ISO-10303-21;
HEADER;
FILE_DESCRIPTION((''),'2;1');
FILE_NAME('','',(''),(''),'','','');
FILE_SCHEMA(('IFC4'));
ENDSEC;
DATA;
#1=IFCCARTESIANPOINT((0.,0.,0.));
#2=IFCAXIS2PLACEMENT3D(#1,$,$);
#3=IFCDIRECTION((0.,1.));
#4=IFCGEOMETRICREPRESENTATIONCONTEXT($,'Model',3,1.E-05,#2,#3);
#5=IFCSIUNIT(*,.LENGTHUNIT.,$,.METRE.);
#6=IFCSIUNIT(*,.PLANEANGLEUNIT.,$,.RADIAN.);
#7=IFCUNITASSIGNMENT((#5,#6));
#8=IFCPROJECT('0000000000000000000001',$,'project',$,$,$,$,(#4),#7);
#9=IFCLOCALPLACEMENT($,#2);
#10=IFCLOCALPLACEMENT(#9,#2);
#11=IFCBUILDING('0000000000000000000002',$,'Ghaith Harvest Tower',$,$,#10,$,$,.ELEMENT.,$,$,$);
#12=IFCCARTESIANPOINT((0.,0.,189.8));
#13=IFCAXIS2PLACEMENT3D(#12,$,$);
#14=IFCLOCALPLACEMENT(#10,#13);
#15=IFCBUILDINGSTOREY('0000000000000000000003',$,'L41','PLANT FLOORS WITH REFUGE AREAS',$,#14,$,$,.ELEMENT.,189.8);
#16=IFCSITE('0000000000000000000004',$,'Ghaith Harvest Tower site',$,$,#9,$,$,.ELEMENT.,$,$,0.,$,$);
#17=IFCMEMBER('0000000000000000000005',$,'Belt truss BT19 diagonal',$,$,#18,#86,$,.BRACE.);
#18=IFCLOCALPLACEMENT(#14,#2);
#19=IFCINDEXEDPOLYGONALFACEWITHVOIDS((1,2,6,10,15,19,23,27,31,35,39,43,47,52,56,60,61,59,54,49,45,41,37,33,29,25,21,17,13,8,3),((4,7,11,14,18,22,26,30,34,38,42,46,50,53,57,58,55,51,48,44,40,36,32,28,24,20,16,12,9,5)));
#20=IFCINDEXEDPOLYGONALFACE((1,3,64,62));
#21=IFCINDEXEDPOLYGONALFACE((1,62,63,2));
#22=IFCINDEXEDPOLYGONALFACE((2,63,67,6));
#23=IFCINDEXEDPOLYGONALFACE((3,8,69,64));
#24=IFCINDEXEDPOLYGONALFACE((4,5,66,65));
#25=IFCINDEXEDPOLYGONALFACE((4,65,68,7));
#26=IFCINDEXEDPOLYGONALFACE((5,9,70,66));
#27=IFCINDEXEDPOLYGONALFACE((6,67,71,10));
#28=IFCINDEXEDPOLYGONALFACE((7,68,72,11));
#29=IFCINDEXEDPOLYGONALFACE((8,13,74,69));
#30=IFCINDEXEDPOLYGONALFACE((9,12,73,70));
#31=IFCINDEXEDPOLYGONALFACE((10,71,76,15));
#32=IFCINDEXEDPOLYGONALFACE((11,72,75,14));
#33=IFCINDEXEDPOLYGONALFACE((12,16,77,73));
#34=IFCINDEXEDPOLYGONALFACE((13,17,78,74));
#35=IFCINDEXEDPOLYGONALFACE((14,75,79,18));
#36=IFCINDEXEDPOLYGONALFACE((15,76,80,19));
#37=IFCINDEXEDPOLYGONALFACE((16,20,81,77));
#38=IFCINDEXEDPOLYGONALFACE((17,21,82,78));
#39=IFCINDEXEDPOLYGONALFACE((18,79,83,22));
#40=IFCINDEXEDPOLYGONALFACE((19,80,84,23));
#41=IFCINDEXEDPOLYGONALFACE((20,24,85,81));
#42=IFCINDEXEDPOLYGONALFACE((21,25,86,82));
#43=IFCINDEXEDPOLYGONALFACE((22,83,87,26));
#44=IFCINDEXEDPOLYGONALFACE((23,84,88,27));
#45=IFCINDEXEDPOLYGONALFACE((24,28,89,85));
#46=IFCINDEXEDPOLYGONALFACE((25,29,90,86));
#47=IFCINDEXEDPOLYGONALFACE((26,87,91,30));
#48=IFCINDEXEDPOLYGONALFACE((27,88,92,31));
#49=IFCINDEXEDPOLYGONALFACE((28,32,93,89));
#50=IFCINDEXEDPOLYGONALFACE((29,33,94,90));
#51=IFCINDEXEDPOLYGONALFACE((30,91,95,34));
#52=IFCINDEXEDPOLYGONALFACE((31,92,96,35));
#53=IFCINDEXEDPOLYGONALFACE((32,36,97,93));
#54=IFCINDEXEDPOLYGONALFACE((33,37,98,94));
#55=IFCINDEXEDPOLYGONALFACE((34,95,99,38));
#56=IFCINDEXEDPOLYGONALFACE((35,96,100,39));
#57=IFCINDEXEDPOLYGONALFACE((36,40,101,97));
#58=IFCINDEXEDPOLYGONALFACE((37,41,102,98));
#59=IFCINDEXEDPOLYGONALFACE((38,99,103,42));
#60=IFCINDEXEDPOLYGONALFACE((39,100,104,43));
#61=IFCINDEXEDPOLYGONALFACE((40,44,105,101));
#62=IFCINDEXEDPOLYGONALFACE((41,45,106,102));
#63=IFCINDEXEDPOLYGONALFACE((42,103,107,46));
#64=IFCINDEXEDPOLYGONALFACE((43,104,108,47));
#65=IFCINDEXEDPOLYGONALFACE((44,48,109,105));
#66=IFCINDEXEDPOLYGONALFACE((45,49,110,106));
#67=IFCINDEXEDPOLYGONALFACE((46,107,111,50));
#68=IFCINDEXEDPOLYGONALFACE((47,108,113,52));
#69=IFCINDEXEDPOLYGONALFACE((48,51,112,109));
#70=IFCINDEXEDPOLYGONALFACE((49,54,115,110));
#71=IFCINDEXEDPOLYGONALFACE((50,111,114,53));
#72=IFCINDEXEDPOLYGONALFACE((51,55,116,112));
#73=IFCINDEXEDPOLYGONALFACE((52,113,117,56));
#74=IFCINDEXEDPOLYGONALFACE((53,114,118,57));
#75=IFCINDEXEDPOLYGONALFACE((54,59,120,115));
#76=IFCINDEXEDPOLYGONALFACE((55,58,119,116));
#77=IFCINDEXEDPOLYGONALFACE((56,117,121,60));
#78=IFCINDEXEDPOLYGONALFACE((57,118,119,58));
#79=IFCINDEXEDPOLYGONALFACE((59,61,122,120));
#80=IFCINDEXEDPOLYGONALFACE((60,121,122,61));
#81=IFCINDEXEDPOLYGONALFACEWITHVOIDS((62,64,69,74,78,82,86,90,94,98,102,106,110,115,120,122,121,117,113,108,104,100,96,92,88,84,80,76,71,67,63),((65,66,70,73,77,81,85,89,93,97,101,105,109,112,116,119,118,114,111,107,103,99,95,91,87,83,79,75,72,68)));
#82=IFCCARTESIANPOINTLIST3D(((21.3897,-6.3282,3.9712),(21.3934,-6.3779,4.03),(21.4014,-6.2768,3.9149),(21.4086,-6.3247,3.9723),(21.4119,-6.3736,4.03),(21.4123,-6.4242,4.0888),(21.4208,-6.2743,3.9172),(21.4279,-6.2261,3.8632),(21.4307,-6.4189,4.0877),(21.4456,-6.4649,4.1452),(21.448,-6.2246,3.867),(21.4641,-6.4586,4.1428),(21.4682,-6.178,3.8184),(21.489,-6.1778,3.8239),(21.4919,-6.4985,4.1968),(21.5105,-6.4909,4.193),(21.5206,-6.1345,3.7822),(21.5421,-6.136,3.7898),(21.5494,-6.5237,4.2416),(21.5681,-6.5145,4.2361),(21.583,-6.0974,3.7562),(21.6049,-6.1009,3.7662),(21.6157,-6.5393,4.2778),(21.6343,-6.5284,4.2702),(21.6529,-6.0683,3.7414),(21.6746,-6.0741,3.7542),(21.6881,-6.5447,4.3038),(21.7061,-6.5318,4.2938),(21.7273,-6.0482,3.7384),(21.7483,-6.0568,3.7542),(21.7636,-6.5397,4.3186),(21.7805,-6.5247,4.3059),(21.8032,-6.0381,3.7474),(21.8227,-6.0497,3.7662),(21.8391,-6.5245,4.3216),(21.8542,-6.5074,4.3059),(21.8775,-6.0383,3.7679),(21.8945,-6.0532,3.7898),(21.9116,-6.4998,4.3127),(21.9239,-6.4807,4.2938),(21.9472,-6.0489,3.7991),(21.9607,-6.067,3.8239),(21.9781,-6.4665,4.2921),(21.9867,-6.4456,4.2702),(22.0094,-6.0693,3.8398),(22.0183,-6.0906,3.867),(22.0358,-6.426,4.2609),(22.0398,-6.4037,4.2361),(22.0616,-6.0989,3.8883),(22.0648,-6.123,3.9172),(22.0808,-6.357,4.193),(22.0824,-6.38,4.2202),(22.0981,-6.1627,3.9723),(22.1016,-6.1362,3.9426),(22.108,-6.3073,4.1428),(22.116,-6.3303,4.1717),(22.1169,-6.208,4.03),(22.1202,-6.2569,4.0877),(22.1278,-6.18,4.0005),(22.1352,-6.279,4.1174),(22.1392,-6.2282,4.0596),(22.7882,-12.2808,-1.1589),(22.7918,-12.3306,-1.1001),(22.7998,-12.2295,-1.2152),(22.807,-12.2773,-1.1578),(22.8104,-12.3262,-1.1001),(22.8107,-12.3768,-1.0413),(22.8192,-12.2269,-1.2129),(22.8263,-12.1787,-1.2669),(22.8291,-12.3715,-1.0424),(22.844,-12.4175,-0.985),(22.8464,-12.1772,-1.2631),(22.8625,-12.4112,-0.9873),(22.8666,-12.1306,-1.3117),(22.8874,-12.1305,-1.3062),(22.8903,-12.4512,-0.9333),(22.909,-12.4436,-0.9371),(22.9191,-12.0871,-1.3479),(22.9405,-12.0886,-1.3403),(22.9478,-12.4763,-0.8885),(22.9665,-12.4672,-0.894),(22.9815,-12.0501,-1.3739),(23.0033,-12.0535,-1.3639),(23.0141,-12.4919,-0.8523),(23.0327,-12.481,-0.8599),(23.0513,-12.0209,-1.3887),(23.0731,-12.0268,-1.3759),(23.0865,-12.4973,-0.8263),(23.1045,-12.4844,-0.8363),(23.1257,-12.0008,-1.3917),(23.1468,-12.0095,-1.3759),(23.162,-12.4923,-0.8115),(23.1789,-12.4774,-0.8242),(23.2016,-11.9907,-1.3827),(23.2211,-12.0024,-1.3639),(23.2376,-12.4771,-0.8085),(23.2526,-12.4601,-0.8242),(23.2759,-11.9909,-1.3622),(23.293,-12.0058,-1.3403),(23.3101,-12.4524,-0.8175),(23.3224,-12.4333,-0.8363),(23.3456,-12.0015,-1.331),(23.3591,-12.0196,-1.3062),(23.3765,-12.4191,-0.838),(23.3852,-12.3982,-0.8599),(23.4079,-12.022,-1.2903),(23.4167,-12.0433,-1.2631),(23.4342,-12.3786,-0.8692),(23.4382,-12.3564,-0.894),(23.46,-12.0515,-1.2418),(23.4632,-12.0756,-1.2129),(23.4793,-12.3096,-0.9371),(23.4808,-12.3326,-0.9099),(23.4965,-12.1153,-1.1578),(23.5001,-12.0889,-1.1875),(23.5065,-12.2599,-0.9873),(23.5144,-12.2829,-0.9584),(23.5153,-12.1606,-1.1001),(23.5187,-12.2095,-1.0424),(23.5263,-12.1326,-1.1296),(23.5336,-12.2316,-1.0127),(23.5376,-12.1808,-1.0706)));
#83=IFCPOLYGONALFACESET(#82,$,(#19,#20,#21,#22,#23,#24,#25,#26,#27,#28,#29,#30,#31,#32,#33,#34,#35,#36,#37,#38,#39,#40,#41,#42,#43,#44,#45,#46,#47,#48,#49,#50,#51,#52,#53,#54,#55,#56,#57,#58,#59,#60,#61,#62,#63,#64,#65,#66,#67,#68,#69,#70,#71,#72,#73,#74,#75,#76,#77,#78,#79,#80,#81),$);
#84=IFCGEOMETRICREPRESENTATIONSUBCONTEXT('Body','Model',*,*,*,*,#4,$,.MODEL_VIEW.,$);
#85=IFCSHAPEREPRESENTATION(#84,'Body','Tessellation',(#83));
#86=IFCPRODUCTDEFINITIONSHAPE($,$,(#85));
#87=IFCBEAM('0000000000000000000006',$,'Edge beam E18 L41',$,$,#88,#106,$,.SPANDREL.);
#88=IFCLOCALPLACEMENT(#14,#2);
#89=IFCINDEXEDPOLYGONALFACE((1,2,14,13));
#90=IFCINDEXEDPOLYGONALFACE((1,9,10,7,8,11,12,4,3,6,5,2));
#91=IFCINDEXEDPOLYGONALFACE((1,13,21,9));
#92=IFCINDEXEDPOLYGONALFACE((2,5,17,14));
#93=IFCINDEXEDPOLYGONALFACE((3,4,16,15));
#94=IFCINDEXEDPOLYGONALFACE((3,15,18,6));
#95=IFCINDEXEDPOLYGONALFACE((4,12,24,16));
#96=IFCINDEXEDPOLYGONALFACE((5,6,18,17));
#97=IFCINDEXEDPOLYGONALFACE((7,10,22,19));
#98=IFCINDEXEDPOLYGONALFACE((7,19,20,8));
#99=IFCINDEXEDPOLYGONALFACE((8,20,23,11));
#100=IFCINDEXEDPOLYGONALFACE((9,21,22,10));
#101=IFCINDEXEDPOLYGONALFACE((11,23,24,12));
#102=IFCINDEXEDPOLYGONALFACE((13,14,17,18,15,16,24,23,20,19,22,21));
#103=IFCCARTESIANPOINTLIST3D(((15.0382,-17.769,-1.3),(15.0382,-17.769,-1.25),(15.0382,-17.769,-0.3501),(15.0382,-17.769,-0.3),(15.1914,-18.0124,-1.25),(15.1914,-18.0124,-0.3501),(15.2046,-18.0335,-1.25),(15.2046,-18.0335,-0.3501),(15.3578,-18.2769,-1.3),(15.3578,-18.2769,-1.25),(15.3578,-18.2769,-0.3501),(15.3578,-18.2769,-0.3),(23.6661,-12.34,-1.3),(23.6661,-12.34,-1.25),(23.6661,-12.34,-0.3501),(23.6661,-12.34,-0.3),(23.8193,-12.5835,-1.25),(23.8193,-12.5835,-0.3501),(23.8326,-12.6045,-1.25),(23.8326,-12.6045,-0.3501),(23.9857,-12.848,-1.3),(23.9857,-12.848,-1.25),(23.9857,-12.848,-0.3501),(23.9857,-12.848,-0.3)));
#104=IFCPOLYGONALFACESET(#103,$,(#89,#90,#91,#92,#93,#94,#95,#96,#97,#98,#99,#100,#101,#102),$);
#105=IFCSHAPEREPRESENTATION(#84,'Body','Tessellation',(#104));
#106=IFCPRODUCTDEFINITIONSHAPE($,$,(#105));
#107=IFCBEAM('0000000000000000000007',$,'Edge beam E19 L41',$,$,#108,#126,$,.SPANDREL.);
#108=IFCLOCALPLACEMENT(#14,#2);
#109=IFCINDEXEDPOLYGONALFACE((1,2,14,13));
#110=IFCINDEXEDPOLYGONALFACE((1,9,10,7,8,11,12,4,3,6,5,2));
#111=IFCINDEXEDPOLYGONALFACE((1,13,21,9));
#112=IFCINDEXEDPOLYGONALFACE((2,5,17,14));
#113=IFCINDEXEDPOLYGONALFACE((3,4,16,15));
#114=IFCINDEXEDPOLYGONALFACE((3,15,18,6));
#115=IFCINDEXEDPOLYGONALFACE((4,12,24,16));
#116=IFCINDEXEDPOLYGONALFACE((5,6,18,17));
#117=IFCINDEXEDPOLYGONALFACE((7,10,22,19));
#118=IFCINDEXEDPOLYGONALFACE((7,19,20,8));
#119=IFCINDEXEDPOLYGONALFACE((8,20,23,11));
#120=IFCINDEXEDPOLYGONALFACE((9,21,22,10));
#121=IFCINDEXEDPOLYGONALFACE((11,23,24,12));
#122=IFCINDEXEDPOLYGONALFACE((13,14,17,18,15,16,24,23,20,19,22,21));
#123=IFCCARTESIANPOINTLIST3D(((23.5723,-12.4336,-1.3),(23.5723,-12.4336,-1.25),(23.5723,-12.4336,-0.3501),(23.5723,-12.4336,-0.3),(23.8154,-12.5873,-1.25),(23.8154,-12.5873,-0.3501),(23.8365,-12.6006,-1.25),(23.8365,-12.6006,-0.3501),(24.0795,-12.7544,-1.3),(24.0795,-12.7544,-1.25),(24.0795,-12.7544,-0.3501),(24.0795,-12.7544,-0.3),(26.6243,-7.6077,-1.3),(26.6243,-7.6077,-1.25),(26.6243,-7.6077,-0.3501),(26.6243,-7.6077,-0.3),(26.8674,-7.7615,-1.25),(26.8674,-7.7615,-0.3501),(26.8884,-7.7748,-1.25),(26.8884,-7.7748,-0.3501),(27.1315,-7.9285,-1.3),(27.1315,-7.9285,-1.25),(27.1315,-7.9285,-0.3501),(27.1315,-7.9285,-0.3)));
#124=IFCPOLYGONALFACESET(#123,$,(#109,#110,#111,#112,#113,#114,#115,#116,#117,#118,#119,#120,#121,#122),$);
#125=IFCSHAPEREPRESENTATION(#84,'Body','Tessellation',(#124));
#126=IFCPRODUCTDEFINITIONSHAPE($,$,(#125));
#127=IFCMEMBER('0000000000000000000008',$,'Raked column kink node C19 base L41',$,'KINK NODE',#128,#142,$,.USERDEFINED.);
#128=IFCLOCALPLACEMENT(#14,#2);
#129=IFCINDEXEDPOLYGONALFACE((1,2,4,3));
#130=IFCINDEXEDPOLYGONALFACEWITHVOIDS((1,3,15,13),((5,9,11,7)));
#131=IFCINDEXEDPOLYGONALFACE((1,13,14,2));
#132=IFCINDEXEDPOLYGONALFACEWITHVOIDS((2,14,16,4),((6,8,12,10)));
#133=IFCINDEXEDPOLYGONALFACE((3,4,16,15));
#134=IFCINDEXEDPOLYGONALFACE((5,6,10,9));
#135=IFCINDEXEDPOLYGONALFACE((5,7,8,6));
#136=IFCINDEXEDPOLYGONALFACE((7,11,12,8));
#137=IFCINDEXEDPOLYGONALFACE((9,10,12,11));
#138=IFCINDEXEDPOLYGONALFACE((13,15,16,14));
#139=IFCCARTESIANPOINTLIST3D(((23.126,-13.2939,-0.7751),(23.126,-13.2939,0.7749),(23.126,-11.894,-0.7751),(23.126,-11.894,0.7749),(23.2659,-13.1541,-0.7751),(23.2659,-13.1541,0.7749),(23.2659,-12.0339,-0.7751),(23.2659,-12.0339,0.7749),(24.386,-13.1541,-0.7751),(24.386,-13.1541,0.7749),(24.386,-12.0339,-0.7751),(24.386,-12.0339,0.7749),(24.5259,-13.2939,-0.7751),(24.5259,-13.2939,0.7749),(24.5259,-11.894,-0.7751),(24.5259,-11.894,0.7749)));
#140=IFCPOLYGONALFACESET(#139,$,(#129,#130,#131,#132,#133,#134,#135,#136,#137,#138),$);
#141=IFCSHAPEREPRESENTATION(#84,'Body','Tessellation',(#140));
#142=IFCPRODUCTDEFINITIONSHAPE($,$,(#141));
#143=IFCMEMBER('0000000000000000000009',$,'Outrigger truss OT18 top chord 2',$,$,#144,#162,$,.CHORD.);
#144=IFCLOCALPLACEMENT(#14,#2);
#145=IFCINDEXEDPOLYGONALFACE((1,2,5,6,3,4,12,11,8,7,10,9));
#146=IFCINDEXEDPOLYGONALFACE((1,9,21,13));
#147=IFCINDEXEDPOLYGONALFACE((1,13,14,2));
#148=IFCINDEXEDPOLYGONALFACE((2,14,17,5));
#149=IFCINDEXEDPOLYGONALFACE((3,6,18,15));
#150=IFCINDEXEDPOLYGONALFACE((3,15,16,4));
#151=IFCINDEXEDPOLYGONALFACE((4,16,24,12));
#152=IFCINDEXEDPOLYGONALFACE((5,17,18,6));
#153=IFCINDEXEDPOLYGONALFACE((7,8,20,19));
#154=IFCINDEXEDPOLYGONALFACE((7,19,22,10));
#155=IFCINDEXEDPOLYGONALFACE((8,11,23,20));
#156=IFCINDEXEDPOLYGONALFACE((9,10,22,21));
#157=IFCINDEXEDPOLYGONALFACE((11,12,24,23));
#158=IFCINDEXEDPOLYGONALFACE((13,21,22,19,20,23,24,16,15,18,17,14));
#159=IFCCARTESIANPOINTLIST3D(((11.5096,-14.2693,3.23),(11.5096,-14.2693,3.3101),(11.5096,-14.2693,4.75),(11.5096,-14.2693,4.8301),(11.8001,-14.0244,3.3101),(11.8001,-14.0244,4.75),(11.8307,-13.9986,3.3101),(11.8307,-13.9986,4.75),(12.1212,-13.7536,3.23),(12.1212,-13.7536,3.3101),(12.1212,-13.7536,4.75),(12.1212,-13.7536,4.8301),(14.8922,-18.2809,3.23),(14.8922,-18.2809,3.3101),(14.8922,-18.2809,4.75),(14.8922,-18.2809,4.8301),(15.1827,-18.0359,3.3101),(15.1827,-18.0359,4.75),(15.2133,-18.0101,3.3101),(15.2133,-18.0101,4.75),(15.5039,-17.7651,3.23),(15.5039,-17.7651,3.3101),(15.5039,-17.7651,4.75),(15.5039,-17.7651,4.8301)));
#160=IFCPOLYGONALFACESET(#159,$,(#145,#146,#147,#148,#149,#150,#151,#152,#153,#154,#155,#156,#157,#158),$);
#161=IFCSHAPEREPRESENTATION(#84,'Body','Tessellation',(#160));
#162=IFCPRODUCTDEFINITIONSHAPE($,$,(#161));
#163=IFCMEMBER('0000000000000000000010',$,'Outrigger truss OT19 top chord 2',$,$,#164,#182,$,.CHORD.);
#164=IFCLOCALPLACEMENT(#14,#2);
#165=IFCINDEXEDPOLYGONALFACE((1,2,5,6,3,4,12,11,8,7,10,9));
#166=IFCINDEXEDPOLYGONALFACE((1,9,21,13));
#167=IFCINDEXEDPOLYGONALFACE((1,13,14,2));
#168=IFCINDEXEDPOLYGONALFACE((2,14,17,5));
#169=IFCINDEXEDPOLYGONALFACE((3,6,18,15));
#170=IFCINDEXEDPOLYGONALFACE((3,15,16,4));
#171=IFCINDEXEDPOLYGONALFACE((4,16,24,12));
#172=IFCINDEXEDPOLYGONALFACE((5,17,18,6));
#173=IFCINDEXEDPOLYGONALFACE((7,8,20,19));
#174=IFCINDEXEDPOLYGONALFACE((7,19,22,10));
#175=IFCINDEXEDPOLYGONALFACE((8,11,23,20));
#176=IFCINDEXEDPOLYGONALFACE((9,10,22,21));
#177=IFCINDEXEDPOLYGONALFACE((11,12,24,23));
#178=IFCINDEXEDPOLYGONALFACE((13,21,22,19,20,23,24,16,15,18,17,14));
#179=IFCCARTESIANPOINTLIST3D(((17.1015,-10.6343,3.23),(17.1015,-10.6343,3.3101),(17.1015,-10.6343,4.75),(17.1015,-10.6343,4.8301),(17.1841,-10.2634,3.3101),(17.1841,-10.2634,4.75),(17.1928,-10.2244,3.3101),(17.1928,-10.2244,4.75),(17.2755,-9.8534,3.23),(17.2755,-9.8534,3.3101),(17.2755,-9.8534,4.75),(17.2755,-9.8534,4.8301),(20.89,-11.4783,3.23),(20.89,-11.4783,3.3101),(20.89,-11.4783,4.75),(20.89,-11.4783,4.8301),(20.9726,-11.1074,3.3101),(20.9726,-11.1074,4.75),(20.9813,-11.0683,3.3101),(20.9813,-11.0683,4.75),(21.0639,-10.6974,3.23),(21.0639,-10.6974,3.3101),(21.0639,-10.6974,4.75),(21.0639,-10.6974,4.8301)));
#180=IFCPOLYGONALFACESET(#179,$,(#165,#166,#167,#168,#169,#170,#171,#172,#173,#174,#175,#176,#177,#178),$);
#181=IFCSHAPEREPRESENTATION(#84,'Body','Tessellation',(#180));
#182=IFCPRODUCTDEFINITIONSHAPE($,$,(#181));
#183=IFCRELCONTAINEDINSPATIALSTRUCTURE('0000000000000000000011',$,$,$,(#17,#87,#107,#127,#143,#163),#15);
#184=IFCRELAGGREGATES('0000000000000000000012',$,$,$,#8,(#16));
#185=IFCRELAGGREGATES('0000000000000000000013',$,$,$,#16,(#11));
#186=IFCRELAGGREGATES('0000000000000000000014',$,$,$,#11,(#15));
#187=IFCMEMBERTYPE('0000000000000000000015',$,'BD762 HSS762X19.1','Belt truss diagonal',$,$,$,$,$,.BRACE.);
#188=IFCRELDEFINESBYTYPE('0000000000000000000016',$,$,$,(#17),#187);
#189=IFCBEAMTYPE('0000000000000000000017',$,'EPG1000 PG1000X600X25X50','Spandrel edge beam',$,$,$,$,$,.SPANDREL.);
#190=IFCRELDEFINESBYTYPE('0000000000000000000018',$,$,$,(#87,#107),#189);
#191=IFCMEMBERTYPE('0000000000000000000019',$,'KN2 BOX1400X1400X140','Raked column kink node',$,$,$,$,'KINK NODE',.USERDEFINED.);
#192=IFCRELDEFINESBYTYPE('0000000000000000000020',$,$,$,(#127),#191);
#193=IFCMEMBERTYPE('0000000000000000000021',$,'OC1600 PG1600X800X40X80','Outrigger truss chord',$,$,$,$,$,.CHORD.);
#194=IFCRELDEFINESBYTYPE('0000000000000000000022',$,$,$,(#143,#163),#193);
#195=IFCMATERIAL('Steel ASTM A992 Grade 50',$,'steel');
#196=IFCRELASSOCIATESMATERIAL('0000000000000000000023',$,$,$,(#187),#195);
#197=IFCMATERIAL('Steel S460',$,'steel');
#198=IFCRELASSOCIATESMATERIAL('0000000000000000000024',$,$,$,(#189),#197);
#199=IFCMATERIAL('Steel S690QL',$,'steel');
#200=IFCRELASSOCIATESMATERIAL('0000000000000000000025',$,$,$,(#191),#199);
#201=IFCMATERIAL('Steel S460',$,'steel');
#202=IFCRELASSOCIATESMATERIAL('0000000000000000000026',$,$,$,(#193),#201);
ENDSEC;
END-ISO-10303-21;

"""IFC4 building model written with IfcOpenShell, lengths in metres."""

from ifc_helpers import new_model, si_unit, direction, frame, origin, origin_2d, place, context, subcontext, project, spatial, hollow_rectangle, hollow_circle, i_section, extrude, material, material_profile, profile_set, type_object, element, save


model = new_model("IFC4")

# Units and contexts
model_context = context("Model", 3, precision=1e-05, world=origin(), true_north=direction((0.0, 1.0)))
body_context = subcontext(model_context, "Body", "Model", "MODEL_VIEW")
ifc_project = project(units=[si_unit("LENGTHUNIT", "METRE"), si_unit("PLANEANGLEUNIT", "RADIAN")], contexts=[model_context])

# Site, building, storey
site_placement = place(None, origin())
site = spatial("IfcSite", under=ifc_project, at=site_placement, Name="Ghaith Harvest Tower site", CompositionType="ELEMENT", RefElevation=0.0)
building_placement = place(site_placement, origin())
building = spatial("IfcBuilding", under=site, at=building_placement, Name="Ghaith Harvest Tower", CompositionType="ELEMENT")
storey_placement = place(building_placement, frame((0.0, 0.0, 189.8)))
storey = spatial("IfcBuildingStorey", under=building, at=storey_placement, Name="L41", Description="PLANT FLOORS WITH REFUGE AREAS", CompositionType="ELEMENT", Elevation=189.8)

# Member
ifc_material_1 = material(Name="Steel ASTM A992 Grade 50", Category="steel")
ifc_material_profile_1 = material_profile(ifc_material_1, hollow_circle(Radius=0.3811, WallThickness=0.019, at=origin_2d()), Name="HSS762X19.1")
ifc_profile_set_1 = profile_set([ifc_material_profile_1], Name="Steel ASTM A992 Grade 50")
member_type_1 = type_object("IfcMemberType", Name="BD762 HSS762X19.1", Description="Belt truss diagonal", PredefinedType="BRACE", material=ifc_profile_set_1)
member_1_placement = place(storey_placement, frame((23.1628, -12.2434, -1.1001), z_axis=(-0.175205, 0.745785, 0.642735), x_axis=(-0.973497, -0.228701, 0.0)))
element("IfcMember", 1, at=member_1_placement, inside=storey, type_object=member_type_1, Name="Belt truss BT19 diagonal", PredefinedType="BRACE", context=body_context, shape_type="SweptSolid", body=[
    extrude(hollow_circle(Radius=0.3811, WallThickness=0.019, at=origin_2d()), origin(), (0.0, 0.0, 1.0), 7.9817),
])

# Beams
ifc_material_2 = material(Name="Steel S460", Category="steel")
ifc_material_profile_2 = material_profile(ifc_material_2, i_section(OverallWidth=0.6001, OverallDepth=1.0, WebThickness=0.0249, FlangeThickness=0.05, at=origin_2d()), Name="PG1000X600X25X50")
ifc_profile_set_2 = profile_set([ifc_material_profile_2], Name="Steel S460")
beam_type = type_object("IfcBeamType", Name="EPG1000 PG1000X600X25X50", Description="Spandrel edge beam", PredefinedType="SPANDREL", material=ifc_profile_set_2)
beam_1_placement = place(storey_placement, frame((15.198, -18.0229, -0.8), z_axis=(0.846385, 0.532571, 0.0), x_axis=(-0.532571, 0.846385, 0.0)))
element("IfcBeam", 2, at=beam_1_placement, inside=storey, type_object=beam_type, Name="Edge beam E18 L41", PredefinedType="SPANDREL", context=body_context, shape_type="SweptSolid", body=[
    extrude(i_section(OverallWidth=0.6001, OverallDepth=1.0, WebThickness=0.0249, FlangeThickness=0.05, at=origin_2d()), origin(), (0.0, 0.0, 1.0), 10.1938),
])
beam_2_placement = place(storey_placement, frame((23.8259, -12.594, -0.8), z_axis=(0.5345, 0.845169, 0.0), x_axis=(-0.845169, 0.5345, 0.0)))
element("IfcBeam", 3, at=beam_2_placement, inside=storey, type_object=beam_type, Name="Edge beam E19 L41", PredefinedType="SPANDREL", context=body_context, shape_type="SweptSolid", body=[
    extrude(i_section(OverallWidth=0.6001, OverallDepth=1.0, WebThickness=0.0249, FlangeThickness=0.05, at=origin_2d()), origin(), (0.0, 0.0, 1.0), 5.71),
])

# Members
ifc_material_3 = material(Name="Steel S690QL", Category="steel")
ifc_material_profile_3 = material_profile(ifc_material_3, hollow_rectangle(XDim=1.3999, YDim=1.3999, WallThickness=0.1399, at=origin_2d()), Name="BOX1400X1400X140")
ifc_profile_set_3 = profile_set([ifc_material_profile_3], Name="Steel S690QL")
member_type_2 = type_object("IfcMemberType", Name="KN2 BOX1400X1400X140", Description="Raked column kink node", ElementType="KINK NODE", PredefinedType="USERDEFINED", material=ifc_profile_set_3)
member_2_placement = place(storey_placement, frame((23.8259, -12.594, -0.7751), z_axis=(0.0, 0.0, 1.0), x_axis=(1.0, 0.0, 0.0)))
element("IfcMember", 4, at=member_2_placement, inside=storey, type_object=member_type_2, Name="Raked column kink node C19 base L41", ObjectType="KINK NODE", PredefinedType="USERDEFINED", context=body_context, shape_type="SweptSolid", body=[
    extrude(hollow_rectangle(XDim=1.3999, YDim=1.3999, WallThickness=0.1399, at=origin_2d()), origin(), (0.0, 0.0, 1.0), 1.55),
])
ifc_material_4 = material(Name="Steel S460", Category="steel")
ifc_material_profile_4 = material_profile(ifc_material_4, i_section(OverallWidth=0.8, OverallDepth=1.6001, WebThickness=0.04, FlangeThickness=0.0801, at=origin_2d()), Name="PG1600X800X40X80")
ifc_profile_set_4 = profile_set([ifc_material_profile_4], Name="Steel S460")
member_type_3 = type_object("IfcMemberType", Name="OC1600 PG1600X800X40X80", Description="Outrigger truss chord", PredefinedType="CHORD", material=ifc_profile_set_4)
member_3_placement = place(storey_placement, frame((11.8154, -14.0115, 4.03), z_axis=(0.644636, -0.76449, 0.0), x_axis=(0.76449, 0.644636, 0.0)))
element("IfcMember", 5, at=member_3_placement, inside=storey, type_object=member_type_3, Name="Outrigger truss OT18 top chord 2", PredefinedType="CHORD", context=body_context, shape_type="SweptSolid", body=[
    extrude(i_section(OverallWidth=0.8, OverallDepth=1.6001, WebThickness=0.04, FlangeThickness=0.0801, at=origin_2d()), origin(), (0.0, 0.0, 1.0), 5.2473),
])
member_4_placement = place(storey_placement, frame((17.1885, -10.2439, 4.03), z_axis=(0.976073, -0.217443, 0.0), x_axis=(0.217443, 0.976073, 0.0)))
element("IfcMember", 6, at=member_4_placement, inside=storey, type_object=member_type_3, Name="Outrigger truss OT19 top chord 2", PredefinedType="CHORD", context=body_context, shape_type="SweptSolid", body=[
    extrude(i_section(OverallWidth=0.8, OverallDepth=1.6001, WebThickness=0.04, FlangeThickness=0.0801, at=origin_2d()), origin(), (0.0, 0.0, 1.0), 3.8813),
])

save(model, "model.ifc")
